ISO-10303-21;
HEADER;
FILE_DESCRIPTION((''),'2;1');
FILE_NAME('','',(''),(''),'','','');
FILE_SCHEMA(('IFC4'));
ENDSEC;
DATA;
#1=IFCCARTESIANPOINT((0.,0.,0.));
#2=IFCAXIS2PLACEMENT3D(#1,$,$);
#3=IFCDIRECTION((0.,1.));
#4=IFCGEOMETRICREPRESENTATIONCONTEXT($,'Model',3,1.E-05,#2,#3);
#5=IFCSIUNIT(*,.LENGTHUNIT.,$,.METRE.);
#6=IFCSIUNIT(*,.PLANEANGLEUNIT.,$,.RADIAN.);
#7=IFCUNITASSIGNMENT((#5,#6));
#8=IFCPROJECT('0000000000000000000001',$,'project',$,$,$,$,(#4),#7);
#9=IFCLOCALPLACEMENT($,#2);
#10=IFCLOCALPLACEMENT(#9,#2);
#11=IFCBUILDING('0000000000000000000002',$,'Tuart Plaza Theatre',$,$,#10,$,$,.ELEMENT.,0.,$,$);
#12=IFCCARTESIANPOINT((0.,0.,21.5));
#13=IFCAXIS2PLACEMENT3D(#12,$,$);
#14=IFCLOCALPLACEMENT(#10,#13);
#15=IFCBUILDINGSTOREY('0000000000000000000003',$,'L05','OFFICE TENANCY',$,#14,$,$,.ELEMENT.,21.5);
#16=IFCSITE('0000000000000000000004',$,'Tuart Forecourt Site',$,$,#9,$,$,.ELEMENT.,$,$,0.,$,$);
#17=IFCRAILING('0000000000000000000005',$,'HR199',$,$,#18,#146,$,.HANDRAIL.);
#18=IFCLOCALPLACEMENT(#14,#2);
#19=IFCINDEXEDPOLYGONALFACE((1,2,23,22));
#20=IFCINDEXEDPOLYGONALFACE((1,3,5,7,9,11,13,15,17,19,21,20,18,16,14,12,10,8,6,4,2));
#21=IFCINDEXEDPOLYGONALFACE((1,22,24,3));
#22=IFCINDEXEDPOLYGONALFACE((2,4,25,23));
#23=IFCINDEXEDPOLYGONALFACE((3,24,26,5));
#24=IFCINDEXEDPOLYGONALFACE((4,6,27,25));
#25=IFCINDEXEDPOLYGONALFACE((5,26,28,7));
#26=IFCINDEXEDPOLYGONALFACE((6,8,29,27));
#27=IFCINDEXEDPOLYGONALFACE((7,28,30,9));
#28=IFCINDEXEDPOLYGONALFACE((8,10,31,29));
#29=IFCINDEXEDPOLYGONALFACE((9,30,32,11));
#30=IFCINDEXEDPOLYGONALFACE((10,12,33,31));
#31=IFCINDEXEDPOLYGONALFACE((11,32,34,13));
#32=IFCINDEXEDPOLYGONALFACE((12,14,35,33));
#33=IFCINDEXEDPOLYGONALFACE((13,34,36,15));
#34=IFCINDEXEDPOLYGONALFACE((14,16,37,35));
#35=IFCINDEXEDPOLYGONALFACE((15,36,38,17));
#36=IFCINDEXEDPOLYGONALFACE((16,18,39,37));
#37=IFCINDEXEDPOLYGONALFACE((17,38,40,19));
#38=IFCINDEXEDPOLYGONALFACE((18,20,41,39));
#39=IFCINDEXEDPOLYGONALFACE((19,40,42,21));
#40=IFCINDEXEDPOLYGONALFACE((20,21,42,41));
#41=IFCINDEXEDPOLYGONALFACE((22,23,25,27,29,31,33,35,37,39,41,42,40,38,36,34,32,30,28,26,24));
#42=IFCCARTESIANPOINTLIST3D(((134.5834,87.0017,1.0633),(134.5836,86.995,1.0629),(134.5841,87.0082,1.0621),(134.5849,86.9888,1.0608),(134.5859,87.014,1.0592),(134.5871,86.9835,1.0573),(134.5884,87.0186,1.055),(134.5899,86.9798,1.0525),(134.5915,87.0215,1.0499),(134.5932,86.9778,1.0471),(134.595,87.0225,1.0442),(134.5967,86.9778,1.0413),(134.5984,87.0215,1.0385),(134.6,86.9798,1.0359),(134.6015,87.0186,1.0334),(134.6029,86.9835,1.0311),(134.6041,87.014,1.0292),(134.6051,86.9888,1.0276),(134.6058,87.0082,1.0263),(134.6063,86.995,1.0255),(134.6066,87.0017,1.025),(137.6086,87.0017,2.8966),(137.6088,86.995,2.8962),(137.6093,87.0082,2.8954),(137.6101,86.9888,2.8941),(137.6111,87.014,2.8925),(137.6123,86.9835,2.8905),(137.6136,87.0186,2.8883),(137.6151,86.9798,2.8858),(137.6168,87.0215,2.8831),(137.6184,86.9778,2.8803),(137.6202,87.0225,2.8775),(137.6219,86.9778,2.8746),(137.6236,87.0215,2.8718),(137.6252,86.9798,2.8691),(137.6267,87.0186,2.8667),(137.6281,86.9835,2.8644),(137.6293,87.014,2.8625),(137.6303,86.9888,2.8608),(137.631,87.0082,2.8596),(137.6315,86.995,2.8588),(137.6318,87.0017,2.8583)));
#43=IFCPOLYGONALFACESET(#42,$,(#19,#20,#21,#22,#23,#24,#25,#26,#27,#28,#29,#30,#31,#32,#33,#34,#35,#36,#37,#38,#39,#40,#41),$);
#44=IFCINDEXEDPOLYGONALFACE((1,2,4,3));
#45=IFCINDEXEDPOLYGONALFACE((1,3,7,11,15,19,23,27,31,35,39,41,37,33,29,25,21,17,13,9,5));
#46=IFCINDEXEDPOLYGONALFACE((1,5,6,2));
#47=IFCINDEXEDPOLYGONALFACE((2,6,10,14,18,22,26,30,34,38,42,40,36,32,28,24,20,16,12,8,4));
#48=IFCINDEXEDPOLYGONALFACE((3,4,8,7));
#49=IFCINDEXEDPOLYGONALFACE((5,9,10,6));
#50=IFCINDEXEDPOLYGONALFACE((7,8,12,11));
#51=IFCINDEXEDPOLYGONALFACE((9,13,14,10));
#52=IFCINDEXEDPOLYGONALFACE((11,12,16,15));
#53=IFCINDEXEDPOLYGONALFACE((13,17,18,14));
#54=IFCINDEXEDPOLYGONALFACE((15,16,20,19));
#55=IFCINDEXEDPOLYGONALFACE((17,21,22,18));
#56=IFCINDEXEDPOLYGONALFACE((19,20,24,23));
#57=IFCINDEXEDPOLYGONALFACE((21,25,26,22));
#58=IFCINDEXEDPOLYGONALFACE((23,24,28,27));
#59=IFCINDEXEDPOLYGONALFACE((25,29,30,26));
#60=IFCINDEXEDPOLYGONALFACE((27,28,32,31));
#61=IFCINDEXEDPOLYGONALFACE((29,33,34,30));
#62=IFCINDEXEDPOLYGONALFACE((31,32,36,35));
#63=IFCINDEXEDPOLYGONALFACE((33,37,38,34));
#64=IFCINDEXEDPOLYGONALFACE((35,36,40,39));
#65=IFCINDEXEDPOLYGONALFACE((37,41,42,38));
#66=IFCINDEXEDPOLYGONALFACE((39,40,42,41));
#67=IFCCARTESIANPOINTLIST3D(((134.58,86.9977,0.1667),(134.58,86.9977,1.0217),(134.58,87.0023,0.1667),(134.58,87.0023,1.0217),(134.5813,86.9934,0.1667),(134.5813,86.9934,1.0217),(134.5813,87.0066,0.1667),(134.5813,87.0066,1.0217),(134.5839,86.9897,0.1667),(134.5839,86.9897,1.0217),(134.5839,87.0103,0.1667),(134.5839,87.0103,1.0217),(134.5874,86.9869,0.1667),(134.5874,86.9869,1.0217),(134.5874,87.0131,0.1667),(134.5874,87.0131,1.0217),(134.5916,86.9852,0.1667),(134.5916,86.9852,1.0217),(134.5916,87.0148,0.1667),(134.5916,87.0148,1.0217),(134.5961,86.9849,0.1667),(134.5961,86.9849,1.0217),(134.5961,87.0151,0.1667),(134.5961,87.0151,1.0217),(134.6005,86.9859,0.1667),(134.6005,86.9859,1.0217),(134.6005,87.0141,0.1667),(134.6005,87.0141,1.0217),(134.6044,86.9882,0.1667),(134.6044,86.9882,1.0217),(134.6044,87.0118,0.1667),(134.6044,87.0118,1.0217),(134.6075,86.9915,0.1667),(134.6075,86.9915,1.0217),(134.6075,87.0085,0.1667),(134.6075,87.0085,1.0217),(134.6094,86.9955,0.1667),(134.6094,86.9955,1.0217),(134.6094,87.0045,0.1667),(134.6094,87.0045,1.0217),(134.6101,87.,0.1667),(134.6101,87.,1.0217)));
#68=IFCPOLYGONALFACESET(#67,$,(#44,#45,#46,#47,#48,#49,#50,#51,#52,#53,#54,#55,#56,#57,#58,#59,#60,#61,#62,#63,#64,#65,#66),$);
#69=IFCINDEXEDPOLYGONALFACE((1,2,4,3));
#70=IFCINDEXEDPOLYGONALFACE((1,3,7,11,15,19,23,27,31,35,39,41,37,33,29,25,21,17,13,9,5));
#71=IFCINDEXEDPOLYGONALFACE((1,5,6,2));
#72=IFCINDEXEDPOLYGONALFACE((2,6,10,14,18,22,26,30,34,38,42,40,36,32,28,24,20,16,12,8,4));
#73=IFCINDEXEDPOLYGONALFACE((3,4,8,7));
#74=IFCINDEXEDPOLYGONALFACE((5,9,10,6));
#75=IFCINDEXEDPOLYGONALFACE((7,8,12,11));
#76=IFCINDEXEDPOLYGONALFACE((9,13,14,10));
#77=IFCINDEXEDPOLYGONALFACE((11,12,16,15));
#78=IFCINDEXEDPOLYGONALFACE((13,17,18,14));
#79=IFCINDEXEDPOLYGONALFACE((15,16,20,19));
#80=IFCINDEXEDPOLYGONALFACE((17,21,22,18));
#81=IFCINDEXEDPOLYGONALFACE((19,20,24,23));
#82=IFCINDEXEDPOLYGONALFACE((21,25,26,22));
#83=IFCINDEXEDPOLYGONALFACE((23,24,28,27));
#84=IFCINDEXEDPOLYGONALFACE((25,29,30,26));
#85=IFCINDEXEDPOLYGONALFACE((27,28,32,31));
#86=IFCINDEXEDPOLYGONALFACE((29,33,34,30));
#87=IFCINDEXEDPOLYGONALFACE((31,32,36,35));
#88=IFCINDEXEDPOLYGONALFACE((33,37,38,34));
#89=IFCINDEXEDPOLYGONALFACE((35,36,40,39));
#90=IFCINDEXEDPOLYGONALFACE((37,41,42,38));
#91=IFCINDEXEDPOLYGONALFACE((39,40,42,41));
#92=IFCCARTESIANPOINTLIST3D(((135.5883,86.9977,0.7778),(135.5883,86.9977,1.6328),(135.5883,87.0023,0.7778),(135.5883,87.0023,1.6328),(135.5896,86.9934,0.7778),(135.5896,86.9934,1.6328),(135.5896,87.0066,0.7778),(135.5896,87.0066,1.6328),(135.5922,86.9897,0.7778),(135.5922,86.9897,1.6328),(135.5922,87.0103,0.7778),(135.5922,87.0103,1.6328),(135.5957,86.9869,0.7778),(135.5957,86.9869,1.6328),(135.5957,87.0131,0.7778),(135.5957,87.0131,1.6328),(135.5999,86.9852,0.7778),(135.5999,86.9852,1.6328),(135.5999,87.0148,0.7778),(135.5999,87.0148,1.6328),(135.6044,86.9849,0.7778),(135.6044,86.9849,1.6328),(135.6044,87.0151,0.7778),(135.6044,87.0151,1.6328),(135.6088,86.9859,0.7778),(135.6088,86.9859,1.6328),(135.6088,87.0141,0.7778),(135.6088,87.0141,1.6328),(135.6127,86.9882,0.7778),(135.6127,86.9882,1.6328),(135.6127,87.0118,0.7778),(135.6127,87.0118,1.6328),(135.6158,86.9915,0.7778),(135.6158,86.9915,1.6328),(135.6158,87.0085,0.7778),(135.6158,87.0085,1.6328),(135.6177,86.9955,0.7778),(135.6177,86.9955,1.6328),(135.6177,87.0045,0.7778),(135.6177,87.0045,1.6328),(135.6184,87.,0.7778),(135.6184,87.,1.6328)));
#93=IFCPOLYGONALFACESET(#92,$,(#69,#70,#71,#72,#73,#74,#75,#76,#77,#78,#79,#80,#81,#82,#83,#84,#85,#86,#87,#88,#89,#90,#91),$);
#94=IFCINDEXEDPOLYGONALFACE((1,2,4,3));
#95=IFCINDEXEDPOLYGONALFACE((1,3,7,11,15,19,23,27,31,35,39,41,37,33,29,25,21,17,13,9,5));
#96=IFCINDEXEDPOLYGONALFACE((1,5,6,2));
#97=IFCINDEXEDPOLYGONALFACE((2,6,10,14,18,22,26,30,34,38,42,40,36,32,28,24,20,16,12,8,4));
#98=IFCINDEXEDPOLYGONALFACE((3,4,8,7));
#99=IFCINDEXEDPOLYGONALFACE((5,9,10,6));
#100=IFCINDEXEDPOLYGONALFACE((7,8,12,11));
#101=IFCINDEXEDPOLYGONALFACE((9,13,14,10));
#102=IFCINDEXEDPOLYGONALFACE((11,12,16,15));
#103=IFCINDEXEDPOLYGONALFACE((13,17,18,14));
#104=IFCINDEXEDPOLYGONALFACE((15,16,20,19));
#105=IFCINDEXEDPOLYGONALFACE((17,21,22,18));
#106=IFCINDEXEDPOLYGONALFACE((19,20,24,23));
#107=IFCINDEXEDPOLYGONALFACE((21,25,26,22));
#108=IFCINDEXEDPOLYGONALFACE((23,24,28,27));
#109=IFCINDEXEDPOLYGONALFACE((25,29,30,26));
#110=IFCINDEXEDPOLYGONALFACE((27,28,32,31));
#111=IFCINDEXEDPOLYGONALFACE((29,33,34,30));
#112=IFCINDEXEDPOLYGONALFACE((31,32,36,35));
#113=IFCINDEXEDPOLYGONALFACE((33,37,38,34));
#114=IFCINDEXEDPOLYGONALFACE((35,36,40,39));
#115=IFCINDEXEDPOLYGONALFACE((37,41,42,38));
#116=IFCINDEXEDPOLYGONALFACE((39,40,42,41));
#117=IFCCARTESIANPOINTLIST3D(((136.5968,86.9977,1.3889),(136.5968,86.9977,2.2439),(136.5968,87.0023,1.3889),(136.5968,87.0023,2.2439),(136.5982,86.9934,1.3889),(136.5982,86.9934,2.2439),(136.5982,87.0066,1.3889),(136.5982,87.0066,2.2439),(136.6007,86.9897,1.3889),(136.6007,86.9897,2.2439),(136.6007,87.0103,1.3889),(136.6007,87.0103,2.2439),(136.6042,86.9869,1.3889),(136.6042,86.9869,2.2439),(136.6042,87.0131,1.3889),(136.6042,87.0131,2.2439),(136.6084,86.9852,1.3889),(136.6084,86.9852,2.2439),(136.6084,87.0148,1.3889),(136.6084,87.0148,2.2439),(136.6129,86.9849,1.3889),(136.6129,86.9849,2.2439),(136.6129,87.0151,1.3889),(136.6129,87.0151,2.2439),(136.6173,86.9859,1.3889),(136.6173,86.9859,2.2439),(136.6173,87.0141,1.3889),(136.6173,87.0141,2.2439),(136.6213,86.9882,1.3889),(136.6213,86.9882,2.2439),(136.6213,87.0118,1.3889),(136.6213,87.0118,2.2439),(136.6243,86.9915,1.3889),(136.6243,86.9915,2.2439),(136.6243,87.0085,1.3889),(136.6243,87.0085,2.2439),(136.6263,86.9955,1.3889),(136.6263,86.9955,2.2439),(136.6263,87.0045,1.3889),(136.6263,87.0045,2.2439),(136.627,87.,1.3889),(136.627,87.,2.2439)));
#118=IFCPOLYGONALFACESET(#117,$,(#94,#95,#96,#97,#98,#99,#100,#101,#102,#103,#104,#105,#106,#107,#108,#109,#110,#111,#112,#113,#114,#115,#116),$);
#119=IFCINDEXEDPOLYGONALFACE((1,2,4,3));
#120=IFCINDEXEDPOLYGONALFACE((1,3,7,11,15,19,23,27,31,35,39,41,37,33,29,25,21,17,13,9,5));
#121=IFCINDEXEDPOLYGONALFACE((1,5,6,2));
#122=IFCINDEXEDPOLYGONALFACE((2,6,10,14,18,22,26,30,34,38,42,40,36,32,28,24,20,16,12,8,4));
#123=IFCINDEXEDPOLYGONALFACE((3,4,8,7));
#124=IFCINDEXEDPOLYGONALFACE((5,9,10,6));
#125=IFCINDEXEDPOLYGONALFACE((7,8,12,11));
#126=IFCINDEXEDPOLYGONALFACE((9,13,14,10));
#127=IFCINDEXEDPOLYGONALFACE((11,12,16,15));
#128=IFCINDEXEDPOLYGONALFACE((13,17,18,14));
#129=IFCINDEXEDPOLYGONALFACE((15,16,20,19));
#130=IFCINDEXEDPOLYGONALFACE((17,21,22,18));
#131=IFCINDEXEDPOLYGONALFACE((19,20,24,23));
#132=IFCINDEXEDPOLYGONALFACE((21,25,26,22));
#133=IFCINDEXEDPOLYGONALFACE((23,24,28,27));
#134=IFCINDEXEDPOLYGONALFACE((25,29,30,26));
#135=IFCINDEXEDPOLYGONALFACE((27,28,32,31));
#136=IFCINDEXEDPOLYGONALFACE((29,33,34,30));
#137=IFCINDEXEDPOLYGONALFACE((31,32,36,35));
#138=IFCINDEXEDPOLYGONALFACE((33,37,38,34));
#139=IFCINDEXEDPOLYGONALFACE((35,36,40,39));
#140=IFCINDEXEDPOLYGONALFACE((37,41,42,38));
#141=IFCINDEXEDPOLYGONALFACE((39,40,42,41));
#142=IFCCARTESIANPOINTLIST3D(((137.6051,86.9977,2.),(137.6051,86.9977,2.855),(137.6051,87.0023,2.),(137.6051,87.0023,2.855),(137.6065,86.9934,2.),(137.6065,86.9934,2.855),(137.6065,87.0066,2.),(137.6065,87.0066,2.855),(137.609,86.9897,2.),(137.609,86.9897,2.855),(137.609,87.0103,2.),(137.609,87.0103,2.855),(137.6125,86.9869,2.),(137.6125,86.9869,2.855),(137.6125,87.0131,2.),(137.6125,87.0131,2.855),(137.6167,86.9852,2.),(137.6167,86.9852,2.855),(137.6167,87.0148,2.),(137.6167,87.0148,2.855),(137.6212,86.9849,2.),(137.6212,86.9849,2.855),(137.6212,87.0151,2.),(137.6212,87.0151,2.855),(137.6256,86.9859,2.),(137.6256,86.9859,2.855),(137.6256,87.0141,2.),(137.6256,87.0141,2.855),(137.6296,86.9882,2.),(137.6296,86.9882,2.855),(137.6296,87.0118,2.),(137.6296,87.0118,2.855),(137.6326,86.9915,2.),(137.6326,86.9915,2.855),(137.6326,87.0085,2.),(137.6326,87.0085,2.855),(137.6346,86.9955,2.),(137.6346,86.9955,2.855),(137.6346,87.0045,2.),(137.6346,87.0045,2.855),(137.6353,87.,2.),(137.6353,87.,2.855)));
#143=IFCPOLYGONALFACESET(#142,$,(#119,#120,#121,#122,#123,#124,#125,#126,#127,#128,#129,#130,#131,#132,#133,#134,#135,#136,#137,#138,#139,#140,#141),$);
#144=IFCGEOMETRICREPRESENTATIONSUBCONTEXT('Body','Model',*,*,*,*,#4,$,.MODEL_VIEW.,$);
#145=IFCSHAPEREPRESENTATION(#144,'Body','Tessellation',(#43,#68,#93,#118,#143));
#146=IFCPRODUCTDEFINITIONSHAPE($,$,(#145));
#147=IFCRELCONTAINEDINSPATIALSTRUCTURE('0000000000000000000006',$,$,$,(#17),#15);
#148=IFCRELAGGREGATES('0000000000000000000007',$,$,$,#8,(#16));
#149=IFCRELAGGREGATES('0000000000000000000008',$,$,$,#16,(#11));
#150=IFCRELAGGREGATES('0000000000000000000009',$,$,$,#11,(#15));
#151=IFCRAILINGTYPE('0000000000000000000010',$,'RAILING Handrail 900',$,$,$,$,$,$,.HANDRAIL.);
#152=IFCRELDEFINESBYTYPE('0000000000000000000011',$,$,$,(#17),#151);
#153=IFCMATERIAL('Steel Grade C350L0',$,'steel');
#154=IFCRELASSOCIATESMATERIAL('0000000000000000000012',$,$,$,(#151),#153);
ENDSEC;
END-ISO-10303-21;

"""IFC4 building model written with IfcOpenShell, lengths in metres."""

from ifc_helpers import new_model, si_unit, direction, frame, origin, origin_2d, place, context, subcontext, project, spatial, circle, extrude, material, type_object, element, save


model = new_model("IFC4")

# Units and contexts
model_context = context("Model", 3, precision=1e-05, world=origin(), true_north=direction((0.0, 1.0)))
body_context = subcontext(model_context, "Body", "Model", "MODEL_VIEW")
ifc_project = project(units=[si_unit("LENGTHUNIT", "METRE"), si_unit("PLANEANGLEUNIT", "RADIAN")], contexts=[model_context])

# Site, building, storey
site_placement = place(None, origin())
site = spatial("IfcSite", under=ifc_project, at=site_placement, Name="Tuart Forecourt Site", CompositionType="ELEMENT", RefElevation=0.0)
building_placement = place(site_placement, origin())
building = spatial("IfcBuilding", under=site, at=building_placement, Name="Tuart Plaza Theatre", CompositionType="ELEMENT", ElevationOfRefHeight=0.0)
storey_placement = place(building_placement, frame((0.0, 0.0, 21.5)))
storey = spatial("IfcBuildingStorey", under=building, at=storey_placement, Name="L05", Description="OFFICE TENANCY", CompositionType="ELEMENT", Elevation=21.5)

# Railing
ifc_material_1 = material(Name="Steel Grade C350L0", Category="steel")
railing_type_1 = type_object("IfcRailingType", Name="RAILING Handrail 900", PredefinedType="HANDRAIL", material=ifc_material_1)
for number, where, name in (
    (1, (134.595, 87.0, 0.1667), "HR199"),
):
    element("IfcRailing", number, at=place(storey_placement, frame(where)), inside=storey, type_object=railing_type_1, Name=name, PredefinedType="HANDRAIL", context=body_context, shape_type="SweptSolid", body=[
        extrude(circle(Radius=0.0225, at=origin_2d()), frame((0.0, 0.0, 0.8774), z_axis=(0.855219, 0.0, 0.518267), x_axis=(0.0, 1.0, 0.0)), (0.0, 0.0, 1.0), 3.5374),
        extrude(circle(Radius=0.0151, at=origin_2d()), origin(), (0.0, 0.0, 1.0), 0.855),
        extrude(circle(Radius=0.0151, at=origin_2d()), frame((1.0083, 0.0, 0.6111)), (0.0, 0.0, 1.0), 0.855),
        extrude(circle(Radius=0.0151, at=origin_2d()), frame((2.0168, 0.0, 1.2222)), (0.0, 0.0, 1.0), 0.855),
        extrude(circle(Radius=0.0151, at=origin_2d()), frame((3.0251, 0.0, 1.8333)), (0.0, 0.0, 1.0), 0.855),
    ])

save(model, "model.ifc")
